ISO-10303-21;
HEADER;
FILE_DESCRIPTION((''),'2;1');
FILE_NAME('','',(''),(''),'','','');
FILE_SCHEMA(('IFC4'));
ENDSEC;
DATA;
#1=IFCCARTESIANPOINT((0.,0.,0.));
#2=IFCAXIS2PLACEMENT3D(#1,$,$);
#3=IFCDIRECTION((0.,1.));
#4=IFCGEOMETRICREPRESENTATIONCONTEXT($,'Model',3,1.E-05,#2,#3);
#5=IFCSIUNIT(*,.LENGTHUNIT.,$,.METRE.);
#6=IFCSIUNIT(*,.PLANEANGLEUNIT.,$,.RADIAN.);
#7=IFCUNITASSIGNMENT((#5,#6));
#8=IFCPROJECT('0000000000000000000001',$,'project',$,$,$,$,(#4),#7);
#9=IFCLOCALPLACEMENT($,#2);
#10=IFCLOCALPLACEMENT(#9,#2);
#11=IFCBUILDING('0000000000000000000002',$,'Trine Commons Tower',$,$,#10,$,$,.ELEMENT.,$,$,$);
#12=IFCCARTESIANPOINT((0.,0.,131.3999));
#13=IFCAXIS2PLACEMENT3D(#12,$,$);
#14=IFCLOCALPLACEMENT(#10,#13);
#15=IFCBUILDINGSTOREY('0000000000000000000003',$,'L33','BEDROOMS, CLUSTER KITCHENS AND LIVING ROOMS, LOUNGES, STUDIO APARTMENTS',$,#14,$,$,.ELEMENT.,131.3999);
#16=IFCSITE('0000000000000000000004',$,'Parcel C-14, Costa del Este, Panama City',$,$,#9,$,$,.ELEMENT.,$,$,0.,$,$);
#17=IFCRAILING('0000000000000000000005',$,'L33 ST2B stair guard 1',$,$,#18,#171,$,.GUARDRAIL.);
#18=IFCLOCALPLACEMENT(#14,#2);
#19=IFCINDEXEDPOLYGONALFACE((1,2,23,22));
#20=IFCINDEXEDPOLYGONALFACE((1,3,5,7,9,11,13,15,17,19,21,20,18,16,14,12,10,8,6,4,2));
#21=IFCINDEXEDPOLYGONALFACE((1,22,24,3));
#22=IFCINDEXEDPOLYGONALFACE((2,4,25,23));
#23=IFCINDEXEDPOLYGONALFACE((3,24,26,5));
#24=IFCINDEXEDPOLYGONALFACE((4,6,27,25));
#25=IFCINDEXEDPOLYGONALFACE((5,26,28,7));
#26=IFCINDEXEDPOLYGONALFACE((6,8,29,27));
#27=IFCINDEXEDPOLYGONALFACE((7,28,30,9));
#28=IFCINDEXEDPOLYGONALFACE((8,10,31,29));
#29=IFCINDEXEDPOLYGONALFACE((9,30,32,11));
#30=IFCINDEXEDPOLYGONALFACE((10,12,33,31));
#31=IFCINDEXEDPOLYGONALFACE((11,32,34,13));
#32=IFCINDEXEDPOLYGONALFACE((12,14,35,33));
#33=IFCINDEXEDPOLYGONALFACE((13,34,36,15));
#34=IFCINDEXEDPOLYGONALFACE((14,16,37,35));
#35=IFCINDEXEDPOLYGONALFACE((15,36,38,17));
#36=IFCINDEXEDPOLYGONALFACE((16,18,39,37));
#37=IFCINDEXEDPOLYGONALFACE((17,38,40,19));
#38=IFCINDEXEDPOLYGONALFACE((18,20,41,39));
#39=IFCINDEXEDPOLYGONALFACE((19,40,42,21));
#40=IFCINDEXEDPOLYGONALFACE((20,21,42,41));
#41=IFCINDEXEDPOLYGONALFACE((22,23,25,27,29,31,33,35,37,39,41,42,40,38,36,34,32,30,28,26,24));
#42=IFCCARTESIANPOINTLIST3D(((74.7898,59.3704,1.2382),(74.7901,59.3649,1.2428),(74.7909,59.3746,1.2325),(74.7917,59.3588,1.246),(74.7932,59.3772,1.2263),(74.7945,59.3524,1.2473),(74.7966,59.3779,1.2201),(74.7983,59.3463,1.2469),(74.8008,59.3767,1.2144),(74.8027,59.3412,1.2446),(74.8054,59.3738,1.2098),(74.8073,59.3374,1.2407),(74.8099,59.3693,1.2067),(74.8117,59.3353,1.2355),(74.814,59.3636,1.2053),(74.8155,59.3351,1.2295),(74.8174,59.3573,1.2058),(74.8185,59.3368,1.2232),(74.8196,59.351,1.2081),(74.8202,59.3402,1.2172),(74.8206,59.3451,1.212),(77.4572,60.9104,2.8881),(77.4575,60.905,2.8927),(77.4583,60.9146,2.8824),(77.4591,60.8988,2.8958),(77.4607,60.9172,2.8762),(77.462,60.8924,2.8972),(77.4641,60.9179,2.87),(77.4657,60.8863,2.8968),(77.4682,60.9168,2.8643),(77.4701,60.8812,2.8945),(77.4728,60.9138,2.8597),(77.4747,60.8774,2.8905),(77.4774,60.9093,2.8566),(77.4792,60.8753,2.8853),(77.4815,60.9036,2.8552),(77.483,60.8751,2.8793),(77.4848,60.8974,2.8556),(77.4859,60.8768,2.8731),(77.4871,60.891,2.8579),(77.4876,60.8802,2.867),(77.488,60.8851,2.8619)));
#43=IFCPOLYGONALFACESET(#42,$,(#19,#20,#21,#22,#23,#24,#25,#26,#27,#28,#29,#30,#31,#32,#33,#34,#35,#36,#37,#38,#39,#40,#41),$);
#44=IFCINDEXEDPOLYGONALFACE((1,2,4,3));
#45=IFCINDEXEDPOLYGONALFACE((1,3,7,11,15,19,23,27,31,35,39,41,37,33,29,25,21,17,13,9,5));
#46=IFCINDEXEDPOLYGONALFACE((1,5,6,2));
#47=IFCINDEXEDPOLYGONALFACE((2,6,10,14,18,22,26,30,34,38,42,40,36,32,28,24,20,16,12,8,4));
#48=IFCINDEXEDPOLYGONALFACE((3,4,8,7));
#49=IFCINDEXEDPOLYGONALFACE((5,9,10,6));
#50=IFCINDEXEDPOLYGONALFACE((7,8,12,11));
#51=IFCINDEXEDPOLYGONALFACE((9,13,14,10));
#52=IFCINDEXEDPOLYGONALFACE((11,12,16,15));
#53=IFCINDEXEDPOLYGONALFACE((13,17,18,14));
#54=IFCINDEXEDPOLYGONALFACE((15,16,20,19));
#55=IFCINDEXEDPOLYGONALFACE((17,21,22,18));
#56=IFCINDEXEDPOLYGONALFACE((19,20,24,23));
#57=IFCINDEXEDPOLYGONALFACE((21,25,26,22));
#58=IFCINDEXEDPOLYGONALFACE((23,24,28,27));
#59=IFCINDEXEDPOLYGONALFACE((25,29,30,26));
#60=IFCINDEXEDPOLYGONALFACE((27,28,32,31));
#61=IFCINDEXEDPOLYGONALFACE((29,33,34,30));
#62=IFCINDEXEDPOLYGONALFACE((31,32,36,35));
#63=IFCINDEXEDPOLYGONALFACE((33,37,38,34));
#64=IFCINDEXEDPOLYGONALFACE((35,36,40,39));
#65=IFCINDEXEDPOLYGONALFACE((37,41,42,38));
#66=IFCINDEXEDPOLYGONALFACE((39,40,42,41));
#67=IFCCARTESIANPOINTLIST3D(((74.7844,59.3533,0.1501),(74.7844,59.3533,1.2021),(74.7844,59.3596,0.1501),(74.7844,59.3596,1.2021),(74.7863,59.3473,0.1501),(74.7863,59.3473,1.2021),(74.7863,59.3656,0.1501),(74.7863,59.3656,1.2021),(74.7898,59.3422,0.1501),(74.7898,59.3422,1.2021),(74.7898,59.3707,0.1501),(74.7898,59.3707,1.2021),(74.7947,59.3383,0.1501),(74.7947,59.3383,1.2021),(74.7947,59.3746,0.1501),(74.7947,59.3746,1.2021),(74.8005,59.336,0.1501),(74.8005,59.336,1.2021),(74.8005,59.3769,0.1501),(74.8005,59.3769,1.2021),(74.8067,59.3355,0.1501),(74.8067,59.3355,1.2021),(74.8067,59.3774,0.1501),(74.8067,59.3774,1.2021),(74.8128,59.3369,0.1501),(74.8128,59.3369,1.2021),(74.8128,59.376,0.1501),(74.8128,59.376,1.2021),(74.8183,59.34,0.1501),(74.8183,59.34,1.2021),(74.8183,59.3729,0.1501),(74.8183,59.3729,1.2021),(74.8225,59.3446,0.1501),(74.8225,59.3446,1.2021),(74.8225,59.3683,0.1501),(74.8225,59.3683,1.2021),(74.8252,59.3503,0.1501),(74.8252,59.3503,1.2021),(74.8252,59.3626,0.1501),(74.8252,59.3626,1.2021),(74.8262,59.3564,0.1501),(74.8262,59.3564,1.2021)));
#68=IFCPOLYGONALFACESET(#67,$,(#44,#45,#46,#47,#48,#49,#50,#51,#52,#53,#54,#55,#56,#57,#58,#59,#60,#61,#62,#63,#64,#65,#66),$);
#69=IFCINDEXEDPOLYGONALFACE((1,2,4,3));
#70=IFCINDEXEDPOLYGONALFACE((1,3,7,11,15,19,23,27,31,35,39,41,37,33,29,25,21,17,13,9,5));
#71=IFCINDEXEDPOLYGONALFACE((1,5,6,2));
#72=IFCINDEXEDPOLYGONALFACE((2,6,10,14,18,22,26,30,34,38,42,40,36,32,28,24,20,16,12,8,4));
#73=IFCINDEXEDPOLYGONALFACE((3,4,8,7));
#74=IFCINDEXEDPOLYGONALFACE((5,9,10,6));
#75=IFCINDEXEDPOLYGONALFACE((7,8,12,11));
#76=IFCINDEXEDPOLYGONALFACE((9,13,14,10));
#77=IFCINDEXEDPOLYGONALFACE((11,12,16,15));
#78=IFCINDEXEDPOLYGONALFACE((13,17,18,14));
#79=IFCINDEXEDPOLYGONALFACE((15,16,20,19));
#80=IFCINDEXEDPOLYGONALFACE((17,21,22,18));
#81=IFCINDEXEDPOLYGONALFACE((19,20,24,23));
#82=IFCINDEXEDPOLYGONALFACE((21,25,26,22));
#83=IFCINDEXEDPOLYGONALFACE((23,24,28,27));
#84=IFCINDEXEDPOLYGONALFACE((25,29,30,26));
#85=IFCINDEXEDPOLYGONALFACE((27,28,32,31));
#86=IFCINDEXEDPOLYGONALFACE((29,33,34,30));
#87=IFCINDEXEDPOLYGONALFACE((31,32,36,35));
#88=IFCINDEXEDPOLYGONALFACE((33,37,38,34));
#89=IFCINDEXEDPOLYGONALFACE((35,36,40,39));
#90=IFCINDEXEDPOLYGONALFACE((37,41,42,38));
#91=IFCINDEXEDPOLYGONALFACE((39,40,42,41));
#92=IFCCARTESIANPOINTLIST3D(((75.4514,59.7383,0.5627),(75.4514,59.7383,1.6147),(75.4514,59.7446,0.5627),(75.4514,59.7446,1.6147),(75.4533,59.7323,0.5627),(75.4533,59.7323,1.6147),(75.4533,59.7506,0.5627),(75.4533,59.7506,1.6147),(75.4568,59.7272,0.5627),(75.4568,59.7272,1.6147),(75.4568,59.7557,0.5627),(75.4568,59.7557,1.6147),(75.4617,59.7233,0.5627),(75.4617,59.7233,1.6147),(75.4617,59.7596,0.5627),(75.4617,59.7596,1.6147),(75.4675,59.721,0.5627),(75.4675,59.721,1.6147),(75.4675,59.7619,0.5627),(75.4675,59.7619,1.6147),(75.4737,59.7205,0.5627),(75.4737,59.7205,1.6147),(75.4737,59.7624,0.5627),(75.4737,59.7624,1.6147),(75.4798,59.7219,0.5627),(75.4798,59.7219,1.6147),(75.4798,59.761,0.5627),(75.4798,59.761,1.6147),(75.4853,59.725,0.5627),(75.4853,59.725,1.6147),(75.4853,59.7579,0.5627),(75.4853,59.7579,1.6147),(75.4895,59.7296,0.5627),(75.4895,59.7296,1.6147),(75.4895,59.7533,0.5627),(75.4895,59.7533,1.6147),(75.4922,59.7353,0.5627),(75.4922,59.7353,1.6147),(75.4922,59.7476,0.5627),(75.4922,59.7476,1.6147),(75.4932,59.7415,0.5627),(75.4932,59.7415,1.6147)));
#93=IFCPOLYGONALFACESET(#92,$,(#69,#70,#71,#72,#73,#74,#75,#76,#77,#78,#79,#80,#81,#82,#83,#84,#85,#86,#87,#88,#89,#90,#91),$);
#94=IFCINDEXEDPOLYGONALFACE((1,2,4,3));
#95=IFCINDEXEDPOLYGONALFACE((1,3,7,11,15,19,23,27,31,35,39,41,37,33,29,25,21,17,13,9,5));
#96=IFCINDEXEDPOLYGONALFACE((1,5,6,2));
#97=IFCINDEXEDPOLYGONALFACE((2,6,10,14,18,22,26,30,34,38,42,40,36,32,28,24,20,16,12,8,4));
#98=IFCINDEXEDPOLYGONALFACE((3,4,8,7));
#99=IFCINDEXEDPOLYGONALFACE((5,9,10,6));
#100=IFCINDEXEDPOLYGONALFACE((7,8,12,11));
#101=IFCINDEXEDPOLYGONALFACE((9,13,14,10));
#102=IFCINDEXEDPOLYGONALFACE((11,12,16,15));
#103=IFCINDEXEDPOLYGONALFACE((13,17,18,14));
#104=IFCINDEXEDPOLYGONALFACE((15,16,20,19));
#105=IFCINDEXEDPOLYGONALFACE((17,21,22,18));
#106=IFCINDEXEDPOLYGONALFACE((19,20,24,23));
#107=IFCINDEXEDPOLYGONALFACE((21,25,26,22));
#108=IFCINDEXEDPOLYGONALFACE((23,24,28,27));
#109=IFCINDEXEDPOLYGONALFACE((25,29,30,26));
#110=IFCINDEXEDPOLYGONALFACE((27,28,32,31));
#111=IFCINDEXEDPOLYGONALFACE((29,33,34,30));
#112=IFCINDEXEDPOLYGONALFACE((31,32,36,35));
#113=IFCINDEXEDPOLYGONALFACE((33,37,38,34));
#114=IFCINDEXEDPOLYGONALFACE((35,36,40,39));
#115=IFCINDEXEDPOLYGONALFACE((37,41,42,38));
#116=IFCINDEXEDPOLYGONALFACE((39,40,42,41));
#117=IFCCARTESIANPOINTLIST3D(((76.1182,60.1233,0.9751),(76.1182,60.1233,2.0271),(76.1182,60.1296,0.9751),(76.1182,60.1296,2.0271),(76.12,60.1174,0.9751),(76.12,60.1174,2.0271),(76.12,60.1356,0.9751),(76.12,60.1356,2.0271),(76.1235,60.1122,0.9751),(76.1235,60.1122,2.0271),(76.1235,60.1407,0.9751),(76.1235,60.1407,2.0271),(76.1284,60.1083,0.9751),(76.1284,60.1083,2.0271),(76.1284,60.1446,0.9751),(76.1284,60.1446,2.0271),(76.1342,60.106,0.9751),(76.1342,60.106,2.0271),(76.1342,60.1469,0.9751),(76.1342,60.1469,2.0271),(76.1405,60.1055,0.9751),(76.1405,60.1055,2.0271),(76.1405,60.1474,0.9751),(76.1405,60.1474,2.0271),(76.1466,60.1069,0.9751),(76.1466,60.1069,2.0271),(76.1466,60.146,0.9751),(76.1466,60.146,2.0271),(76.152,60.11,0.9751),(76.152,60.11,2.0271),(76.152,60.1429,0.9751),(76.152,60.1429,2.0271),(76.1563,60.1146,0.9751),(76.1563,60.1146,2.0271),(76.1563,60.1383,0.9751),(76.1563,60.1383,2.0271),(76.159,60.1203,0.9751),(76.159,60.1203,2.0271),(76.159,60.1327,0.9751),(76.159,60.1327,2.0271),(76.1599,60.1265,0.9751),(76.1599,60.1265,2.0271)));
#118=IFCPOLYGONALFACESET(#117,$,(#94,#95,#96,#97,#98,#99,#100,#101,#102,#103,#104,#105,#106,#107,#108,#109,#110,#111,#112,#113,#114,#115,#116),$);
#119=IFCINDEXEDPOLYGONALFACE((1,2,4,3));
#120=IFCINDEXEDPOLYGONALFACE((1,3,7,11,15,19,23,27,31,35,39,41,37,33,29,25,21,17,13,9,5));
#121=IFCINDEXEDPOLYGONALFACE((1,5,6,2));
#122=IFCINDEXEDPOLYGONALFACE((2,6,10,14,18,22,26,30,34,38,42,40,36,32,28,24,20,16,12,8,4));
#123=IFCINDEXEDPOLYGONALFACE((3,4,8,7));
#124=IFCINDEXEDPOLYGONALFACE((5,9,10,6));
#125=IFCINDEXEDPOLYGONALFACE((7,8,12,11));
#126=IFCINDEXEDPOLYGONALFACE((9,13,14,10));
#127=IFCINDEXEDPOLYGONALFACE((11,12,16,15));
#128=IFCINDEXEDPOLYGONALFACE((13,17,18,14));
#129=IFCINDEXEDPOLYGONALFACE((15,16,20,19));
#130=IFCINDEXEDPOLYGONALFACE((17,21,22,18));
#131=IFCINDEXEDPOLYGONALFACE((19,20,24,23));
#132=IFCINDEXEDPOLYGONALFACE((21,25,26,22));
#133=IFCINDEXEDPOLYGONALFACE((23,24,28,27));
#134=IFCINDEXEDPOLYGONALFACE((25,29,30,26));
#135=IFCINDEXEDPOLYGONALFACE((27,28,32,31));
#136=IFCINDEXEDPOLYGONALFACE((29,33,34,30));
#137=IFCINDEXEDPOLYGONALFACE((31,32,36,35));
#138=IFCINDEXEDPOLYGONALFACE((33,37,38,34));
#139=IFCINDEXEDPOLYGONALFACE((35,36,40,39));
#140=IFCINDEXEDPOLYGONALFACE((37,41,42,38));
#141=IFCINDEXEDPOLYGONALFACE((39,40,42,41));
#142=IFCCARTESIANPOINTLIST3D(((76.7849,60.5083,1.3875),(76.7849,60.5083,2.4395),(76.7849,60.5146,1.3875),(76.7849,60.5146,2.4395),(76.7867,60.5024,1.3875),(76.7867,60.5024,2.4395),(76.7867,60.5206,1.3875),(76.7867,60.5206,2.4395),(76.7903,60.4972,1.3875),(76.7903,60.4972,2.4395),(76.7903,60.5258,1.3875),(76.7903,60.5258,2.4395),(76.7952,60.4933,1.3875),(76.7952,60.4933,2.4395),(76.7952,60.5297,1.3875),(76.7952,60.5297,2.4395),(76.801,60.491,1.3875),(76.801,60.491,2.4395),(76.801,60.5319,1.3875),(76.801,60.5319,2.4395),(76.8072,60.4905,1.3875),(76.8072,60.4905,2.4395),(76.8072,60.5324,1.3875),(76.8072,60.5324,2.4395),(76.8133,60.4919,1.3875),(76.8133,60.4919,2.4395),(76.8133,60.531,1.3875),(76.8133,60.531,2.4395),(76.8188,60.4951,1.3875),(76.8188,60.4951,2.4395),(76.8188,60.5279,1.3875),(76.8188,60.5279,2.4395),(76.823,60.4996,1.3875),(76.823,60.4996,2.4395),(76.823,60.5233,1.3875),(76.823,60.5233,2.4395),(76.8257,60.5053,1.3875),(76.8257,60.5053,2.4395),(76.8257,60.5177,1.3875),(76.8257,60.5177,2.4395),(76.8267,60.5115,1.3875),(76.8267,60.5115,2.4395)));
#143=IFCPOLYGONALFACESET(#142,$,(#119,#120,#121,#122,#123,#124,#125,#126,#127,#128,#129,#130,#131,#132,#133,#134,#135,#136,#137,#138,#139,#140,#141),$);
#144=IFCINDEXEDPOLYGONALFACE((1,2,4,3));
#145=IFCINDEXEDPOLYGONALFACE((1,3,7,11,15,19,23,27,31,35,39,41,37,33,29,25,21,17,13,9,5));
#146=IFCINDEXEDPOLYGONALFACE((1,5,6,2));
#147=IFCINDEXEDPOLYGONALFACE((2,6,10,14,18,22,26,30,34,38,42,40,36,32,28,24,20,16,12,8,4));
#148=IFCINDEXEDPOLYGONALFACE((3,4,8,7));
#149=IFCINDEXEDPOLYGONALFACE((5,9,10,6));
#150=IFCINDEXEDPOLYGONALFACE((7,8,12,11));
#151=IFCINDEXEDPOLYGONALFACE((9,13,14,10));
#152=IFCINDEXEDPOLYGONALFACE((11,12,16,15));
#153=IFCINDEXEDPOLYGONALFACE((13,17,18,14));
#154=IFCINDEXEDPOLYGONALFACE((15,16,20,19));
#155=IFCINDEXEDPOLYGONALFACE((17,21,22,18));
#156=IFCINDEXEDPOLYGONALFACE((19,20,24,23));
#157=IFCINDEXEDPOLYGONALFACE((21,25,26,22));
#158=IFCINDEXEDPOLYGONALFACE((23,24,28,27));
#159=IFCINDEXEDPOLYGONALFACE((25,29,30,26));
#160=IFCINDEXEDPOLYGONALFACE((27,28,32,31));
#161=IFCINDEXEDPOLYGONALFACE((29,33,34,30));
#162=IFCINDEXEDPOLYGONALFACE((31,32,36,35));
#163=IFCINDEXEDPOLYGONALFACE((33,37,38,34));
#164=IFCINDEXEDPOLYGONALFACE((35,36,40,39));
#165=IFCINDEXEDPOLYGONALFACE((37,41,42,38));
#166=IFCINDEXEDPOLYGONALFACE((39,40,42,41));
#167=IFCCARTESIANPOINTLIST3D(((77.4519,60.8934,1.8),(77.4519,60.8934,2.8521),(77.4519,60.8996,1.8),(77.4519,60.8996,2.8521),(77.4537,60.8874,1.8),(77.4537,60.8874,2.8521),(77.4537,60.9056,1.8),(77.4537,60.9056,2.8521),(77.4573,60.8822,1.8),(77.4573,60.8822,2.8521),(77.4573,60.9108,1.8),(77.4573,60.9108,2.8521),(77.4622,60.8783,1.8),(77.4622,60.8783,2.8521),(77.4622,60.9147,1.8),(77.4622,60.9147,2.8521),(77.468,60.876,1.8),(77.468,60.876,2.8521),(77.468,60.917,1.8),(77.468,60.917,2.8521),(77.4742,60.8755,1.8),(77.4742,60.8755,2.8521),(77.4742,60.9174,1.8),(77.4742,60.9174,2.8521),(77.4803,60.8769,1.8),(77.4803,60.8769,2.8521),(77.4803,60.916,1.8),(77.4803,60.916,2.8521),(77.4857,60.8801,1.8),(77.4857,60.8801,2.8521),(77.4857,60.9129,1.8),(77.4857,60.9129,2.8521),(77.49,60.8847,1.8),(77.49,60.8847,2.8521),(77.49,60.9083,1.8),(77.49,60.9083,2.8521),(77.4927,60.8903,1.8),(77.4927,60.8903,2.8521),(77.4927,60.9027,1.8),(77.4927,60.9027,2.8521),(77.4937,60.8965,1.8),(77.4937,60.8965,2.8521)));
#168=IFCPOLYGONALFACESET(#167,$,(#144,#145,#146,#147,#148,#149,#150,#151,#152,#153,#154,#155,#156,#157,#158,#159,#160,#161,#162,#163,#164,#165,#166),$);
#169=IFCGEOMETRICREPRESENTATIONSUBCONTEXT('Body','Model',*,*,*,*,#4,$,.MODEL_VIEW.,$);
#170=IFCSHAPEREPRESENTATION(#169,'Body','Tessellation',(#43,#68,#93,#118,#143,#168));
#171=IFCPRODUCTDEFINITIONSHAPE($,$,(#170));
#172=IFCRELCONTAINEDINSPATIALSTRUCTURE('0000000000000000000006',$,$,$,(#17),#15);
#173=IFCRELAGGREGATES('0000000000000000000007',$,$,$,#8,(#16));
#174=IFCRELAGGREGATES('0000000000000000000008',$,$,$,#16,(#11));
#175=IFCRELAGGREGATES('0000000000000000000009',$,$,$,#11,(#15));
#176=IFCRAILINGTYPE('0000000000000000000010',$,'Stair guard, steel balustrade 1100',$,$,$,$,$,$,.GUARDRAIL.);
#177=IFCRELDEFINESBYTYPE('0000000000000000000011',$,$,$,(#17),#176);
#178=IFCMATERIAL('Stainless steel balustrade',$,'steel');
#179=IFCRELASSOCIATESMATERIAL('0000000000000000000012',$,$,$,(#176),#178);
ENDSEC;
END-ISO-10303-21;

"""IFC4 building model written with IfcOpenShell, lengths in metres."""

from ifc_helpers import new_model, si_unit, direction, frame, origin, origin_2d, place, context, subcontext, project, spatial, circle, extrude, material, type_object, element, save


model = new_model("IFC4")

# Units and contexts
model_context = context("Model", 3, precision=1e-05, world=origin(), true_north=direction((0.0, 1.0)))
body_context = subcontext(model_context, "Body", "Model", "MODEL_VIEW")
ifc_project = project(units=[si_unit("LENGTHUNIT", "METRE"), si_unit("PLANEANGLEUNIT", "RADIAN")], contexts=[model_context])

# Site, building, storey
site_placement = place(None, origin())
site = spatial("IfcSite", under=ifc_project, at=site_placement, Name="Parcel C-14, Costa del Este, Panama City", CompositionType="ELEMENT", RefElevation=0.0)
building_placement = place(site_placement, origin())
building = spatial("IfcBuilding", under=site, at=building_placement, Name="Trine Commons Tower", CompositionType="ELEMENT")
storey_placement = place(building_placement, frame((0.0, 0.0, 131.3999)))
storey = spatial("IfcBuildingStorey", under=building, at=storey_placement, Name="L33", Description="BEDROOMS, CLUSTER KITCHENS AND LIVING ROOMS, LOUNGES, STUDIO APARTMENTS", CompositionType="ELEMENT", Elevation=131.3999)

# Railing
ifc_material_1 = material(Name="Stainless steel balustrade", Category="steel")
railing_type_1 = type_object("IfcRailingType", Name="Stair guard, steel balustrade 1100", PredefinedType="GUARDRAIL", material=ifc_material_1)
railing_1_placement = place(storey_placement, frame((74.8052, 59.3564, 0.1501)))
element("IfcRailing", 1, at=railing_1_placement, inside=storey, type_object=railing_type_1, Name="L33 ST2B stair guard 1", PredefinedType="GUARDRAIL", context=body_context, shape_type="SweptSolid", body=[
    extrude(circle(Radius=0.0239, at=origin_2d()), frame((0.0, 0.0, 1.0762), z_axis=(0.763405, 0.440743, 0.472185), x_axis=(-0.499992, 0.86603, 0.0)), (0.0, 0.0, 1.0), 3.4941),
    extrude(circle(Radius=0.021, at=origin_2d()), origin(), (0.0, 0.0, 1.0), 1.052),
    extrude(circle(Radius=0.021, at=origin_2d()), frame((0.667, 0.385, 0.4126)), (0.0, 0.0, 1.0), 1.052),
    extrude(circle(Radius=0.021, at=origin_2d()), frame((1.3337, 0.77, 0.825)), (0.0, 0.0, 1.0), 1.052),
    extrude(circle(Radius=0.021, at=origin_2d()), frame((2.0005, 1.155, 1.2373)), (0.0, 0.0, 1.0), 1.052),
    extrude(circle(Radius=0.021, at=origin_2d()), frame((2.6675, 1.54, 1.6499)), (0.0, 0.0, 1.0), 1.052),
])

save(model, "model.ifc")
